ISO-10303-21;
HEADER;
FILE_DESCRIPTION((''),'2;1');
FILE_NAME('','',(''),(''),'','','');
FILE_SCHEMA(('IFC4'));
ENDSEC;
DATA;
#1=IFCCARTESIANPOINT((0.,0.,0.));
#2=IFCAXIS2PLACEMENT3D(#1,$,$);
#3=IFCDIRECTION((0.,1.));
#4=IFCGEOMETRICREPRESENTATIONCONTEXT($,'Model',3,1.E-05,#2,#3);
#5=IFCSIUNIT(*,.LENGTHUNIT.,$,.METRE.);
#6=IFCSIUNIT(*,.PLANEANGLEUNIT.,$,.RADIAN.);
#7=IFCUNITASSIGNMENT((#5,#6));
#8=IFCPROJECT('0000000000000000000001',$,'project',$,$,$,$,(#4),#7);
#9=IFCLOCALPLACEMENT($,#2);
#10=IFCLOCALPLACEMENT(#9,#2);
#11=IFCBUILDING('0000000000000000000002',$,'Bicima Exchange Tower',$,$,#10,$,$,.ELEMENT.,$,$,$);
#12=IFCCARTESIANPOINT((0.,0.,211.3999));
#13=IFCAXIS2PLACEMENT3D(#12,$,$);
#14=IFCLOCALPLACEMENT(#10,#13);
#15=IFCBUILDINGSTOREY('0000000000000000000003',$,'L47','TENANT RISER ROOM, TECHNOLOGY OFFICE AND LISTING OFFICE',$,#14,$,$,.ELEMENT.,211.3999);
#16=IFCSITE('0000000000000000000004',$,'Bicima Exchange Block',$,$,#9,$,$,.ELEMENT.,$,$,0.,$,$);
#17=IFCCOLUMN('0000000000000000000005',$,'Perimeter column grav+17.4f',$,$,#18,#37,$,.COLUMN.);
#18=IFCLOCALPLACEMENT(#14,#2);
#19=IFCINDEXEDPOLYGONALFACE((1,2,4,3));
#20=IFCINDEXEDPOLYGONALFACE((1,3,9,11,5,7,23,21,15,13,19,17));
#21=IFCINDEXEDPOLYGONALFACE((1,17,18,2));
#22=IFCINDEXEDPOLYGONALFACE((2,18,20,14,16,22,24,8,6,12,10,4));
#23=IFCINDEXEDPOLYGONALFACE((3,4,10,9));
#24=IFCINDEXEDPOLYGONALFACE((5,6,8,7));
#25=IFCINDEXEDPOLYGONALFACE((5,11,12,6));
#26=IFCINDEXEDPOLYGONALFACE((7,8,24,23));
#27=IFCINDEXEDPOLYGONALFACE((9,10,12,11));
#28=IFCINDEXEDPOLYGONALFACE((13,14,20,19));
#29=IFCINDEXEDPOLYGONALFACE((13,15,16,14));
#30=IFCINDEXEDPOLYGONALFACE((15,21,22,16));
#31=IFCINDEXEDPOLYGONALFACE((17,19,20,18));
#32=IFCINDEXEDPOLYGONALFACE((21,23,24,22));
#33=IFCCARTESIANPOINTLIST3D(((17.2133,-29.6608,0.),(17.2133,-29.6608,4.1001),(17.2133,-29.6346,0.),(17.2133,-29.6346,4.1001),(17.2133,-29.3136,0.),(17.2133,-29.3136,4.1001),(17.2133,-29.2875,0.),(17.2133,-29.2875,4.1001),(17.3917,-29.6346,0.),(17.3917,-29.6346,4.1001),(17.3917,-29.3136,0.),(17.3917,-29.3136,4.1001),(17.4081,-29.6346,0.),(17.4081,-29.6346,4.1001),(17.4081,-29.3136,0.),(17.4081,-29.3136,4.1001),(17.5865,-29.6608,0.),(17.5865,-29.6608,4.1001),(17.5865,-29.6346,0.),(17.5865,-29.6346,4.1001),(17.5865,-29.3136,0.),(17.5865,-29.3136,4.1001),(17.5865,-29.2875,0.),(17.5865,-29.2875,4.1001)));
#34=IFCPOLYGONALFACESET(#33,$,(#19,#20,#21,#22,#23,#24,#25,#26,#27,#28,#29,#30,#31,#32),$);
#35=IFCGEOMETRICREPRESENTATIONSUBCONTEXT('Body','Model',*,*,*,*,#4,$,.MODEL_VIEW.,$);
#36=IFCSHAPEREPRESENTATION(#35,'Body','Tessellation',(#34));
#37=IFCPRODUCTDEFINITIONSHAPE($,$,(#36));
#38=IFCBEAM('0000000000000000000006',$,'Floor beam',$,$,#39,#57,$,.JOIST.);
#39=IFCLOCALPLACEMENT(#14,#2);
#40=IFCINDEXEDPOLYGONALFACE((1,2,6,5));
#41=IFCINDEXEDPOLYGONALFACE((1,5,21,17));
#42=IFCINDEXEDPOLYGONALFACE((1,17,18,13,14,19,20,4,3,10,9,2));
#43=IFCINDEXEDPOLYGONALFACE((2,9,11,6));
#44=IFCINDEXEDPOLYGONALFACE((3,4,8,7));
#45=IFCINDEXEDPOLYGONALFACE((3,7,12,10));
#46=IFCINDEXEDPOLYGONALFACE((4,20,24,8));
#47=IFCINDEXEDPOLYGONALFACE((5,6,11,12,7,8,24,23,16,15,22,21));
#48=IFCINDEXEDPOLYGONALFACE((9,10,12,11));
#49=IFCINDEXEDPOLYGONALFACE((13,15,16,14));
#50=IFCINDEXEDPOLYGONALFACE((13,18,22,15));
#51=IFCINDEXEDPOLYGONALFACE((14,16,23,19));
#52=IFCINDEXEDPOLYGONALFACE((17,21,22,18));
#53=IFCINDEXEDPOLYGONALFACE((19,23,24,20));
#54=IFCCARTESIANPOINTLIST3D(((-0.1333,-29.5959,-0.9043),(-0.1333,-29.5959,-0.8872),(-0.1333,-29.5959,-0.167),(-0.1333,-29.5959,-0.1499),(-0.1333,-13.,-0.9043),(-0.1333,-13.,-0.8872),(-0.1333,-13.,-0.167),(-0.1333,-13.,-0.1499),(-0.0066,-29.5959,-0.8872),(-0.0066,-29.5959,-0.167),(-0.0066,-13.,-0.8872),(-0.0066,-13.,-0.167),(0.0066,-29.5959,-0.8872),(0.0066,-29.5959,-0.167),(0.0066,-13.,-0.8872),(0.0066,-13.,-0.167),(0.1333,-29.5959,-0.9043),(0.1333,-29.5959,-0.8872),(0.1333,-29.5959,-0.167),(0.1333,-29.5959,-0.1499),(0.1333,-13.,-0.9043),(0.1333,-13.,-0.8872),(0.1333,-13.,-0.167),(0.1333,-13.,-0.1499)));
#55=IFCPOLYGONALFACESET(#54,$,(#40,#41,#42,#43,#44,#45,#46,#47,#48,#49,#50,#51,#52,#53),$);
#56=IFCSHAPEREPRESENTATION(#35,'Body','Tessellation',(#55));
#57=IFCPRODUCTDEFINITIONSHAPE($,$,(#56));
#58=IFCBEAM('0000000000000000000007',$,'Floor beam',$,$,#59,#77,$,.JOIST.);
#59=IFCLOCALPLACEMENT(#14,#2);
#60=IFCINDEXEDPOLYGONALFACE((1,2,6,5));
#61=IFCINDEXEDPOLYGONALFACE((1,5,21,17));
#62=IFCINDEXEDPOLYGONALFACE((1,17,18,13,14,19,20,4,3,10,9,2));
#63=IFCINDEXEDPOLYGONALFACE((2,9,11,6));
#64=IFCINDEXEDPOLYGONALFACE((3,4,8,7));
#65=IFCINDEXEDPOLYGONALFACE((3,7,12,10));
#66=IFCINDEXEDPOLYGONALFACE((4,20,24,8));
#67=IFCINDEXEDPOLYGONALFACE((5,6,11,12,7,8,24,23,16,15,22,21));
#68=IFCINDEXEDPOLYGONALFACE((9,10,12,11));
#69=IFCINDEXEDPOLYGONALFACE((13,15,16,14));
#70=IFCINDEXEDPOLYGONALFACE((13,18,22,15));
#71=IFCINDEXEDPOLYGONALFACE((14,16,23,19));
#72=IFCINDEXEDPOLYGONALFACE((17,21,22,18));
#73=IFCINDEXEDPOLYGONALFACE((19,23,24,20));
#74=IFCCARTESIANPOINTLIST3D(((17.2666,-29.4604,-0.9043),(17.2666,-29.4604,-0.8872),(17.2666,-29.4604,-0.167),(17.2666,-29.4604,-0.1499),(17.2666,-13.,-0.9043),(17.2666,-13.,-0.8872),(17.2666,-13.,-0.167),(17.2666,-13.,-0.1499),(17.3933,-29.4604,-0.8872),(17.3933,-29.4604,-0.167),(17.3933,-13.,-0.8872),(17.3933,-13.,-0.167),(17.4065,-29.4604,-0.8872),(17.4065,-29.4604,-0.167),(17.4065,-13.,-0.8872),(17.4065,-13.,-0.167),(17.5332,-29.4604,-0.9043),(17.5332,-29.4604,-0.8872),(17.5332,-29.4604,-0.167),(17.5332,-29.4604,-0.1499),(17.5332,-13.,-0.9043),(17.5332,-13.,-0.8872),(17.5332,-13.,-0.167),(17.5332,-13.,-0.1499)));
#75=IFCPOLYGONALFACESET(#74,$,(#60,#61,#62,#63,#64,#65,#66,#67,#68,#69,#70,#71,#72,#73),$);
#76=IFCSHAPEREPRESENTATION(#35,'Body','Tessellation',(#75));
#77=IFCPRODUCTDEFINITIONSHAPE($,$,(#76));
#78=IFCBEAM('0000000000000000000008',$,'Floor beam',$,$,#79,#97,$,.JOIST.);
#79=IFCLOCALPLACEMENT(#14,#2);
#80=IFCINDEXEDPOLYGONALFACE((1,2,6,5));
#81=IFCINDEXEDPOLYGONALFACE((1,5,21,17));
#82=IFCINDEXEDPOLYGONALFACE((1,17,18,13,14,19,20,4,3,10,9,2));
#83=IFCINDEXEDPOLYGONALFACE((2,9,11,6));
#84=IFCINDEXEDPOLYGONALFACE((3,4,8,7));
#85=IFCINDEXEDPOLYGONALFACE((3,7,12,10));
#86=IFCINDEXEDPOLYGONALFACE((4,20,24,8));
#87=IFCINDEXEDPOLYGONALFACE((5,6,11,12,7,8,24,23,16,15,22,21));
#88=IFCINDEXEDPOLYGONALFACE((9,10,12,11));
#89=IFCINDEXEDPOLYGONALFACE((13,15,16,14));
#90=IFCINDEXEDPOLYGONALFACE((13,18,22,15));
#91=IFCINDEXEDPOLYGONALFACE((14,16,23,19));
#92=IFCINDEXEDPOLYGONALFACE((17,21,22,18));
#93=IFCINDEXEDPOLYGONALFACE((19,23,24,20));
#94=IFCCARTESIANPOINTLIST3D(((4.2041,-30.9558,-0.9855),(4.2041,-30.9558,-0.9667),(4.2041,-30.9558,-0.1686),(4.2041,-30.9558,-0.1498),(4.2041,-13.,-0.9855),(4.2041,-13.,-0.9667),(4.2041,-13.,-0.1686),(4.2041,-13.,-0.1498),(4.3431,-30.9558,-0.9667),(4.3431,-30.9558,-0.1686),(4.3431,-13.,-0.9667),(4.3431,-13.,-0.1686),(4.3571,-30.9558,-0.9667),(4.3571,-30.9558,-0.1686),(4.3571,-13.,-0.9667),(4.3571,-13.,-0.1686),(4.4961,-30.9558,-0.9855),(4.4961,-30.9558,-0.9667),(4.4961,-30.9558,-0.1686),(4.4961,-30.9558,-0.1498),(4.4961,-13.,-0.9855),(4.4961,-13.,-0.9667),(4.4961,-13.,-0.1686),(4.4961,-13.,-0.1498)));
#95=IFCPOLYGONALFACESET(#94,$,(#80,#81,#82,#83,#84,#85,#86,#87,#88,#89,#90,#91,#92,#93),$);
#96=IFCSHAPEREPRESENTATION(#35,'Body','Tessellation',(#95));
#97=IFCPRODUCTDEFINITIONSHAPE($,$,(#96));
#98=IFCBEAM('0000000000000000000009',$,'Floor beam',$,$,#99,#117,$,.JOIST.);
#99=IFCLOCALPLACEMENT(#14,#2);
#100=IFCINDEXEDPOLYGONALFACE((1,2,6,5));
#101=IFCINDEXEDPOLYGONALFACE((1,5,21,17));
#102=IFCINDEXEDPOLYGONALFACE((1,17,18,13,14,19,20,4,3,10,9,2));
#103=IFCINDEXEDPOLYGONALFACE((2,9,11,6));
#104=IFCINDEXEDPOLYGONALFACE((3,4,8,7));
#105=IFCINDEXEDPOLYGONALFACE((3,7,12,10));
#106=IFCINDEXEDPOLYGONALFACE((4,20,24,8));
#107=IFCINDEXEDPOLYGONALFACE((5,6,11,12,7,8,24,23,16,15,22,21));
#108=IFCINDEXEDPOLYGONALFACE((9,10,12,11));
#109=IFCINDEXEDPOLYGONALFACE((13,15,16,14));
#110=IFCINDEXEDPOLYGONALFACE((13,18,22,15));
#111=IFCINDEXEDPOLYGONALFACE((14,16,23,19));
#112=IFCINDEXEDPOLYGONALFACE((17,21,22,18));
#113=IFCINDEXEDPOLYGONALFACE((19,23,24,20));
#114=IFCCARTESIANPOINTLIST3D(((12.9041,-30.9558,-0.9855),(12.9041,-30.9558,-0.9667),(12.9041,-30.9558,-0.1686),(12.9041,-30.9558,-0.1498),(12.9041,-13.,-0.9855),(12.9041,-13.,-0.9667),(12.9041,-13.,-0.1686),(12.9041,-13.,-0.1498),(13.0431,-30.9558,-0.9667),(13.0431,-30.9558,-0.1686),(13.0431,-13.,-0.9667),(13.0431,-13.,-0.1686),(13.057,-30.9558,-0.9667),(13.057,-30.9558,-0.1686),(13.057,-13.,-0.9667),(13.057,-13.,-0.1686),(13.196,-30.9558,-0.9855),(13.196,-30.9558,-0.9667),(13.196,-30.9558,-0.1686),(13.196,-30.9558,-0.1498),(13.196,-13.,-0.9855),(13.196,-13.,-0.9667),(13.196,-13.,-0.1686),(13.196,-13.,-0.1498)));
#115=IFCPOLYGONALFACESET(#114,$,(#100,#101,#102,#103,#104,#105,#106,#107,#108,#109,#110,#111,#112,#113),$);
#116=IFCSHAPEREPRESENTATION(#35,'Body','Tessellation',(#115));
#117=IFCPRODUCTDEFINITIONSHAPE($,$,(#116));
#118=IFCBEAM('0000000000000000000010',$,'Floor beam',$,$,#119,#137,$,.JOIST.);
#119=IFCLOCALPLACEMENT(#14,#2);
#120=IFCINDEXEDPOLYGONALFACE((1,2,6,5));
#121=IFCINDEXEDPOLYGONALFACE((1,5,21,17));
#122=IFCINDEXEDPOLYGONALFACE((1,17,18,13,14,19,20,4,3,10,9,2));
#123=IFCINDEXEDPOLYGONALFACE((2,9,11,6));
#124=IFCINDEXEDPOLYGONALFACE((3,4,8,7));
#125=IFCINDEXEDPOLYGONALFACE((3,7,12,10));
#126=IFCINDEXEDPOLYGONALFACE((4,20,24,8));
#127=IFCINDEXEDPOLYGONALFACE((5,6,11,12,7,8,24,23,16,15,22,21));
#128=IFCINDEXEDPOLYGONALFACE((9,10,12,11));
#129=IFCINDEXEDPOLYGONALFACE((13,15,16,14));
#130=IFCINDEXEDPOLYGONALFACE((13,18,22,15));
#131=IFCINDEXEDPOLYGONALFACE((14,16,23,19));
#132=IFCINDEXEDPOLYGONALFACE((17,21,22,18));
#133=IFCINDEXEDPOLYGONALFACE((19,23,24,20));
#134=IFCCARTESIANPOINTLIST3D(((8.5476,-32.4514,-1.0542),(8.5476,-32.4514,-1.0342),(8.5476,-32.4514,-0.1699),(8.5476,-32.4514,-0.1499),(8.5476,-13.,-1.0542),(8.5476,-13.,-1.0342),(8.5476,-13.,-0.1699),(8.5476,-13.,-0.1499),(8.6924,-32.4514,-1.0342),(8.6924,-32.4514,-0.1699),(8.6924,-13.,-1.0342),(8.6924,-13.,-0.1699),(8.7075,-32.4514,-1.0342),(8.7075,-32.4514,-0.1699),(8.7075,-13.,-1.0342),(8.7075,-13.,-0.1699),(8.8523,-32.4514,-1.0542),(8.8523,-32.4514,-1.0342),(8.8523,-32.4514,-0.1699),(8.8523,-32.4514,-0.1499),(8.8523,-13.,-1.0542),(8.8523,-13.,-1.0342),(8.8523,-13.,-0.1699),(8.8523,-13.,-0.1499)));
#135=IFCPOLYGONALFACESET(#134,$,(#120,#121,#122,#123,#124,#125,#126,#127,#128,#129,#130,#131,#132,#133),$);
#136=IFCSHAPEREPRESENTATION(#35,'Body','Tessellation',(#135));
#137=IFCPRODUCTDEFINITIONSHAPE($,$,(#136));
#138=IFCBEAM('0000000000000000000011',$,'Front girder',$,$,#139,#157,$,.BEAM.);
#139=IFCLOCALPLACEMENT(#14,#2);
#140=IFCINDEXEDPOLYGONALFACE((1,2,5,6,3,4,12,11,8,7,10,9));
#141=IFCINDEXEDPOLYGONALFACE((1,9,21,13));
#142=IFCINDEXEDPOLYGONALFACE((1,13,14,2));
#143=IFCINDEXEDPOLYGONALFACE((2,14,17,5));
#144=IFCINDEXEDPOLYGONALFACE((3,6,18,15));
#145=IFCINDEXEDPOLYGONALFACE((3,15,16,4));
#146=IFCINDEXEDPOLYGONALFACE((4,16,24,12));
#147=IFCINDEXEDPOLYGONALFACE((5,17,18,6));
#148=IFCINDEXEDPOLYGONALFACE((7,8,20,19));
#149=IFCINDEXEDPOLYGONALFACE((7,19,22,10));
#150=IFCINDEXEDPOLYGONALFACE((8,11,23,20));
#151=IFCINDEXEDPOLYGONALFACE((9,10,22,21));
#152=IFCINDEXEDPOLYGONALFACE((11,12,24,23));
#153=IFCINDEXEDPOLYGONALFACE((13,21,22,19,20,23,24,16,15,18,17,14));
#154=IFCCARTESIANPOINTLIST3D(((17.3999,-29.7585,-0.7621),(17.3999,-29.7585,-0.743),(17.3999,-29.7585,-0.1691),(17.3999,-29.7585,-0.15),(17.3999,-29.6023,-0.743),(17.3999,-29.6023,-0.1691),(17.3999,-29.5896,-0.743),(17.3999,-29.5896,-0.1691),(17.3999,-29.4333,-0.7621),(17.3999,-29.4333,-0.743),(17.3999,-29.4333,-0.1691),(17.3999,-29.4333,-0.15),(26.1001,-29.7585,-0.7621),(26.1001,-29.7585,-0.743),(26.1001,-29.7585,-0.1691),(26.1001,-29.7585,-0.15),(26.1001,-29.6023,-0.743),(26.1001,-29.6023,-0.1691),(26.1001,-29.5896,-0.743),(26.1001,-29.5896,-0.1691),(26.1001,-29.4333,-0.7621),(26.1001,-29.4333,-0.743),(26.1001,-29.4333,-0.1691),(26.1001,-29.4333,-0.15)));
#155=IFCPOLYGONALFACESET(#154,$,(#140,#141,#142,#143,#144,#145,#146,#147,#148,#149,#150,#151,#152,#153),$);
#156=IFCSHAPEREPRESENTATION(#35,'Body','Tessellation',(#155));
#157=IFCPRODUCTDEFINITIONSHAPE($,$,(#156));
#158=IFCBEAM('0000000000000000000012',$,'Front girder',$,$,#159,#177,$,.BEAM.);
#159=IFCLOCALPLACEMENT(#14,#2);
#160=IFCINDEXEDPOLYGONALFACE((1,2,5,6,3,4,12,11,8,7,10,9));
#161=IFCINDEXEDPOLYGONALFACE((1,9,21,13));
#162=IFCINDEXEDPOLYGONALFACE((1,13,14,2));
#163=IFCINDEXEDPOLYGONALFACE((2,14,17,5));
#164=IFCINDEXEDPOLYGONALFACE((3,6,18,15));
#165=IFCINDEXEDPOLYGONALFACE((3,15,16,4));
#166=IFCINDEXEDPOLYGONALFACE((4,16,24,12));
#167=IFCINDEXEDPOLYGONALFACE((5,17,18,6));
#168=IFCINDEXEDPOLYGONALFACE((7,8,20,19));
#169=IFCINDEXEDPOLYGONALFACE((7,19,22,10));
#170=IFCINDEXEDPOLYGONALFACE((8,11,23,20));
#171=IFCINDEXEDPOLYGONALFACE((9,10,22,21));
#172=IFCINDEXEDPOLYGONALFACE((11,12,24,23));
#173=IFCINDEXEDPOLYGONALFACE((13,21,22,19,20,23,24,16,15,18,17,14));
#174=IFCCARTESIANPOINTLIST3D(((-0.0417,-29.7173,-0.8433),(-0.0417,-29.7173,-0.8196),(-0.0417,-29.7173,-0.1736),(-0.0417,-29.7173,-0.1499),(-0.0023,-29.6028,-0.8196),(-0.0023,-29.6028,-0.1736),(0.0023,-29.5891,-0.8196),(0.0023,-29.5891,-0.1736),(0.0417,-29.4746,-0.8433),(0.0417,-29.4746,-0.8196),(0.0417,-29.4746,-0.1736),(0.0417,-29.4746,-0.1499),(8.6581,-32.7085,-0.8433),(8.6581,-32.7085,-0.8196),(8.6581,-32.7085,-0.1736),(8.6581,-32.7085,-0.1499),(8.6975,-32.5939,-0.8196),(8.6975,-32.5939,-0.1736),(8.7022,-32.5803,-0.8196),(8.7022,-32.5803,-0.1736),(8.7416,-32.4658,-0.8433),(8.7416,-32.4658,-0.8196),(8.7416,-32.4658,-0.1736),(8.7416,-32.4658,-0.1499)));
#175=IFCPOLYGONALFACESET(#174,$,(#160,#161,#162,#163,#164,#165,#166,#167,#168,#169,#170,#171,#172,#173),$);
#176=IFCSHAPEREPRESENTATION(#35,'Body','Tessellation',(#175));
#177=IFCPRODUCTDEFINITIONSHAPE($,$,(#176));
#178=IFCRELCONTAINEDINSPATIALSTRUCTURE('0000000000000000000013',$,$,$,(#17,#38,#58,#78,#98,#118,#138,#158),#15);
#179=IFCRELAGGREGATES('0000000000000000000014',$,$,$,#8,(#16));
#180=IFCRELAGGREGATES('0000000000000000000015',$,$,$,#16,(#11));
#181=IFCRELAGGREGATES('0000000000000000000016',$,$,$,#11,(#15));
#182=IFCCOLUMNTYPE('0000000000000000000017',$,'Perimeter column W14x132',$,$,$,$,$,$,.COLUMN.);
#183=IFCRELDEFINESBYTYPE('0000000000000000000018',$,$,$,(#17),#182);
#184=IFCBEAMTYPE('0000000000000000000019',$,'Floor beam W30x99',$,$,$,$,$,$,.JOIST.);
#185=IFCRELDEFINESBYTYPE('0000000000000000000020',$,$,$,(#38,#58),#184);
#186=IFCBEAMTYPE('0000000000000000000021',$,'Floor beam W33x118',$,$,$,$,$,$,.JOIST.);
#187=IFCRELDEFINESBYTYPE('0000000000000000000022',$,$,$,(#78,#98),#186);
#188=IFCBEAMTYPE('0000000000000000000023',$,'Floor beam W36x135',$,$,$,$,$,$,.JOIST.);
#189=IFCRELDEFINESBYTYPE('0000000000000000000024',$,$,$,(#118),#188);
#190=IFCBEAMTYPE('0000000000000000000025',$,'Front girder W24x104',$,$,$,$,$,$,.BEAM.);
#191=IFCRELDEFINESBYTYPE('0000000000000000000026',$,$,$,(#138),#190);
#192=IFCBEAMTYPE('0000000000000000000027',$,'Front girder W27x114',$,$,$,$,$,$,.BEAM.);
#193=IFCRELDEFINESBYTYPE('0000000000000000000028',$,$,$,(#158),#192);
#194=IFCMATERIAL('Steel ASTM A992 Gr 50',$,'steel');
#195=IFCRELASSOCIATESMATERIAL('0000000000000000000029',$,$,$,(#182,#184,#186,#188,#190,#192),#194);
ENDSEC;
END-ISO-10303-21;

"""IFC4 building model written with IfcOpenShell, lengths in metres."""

from ifc_helpers import new_model, si_unit, direction, frame, origin, origin_2d, place, context, subcontext, project, spatial, i_section, extrude, material, material_profile, profile_set, type_object, element, save


model = new_model("IFC4")

# Units and contexts
model_context = context("Model", 3, precision=1e-05, world=origin(), true_north=direction((0.0, 1.0)))
body_context = subcontext(model_context, "Body", "Model", "MODEL_VIEW")
ifc_project = project(units=[si_unit("LENGTHUNIT", "METRE"), si_unit("PLANEANGLEUNIT", "RADIAN")], contexts=[model_context])

# Site, building, storey
site_placement = place(None, origin())
site = spatial("IfcSite", under=ifc_project, at=site_placement, Name="Bicima Exchange Block", CompositionType="ELEMENT", RefElevation=0.0)
building_placement = place(site_placement, origin())
building = spatial("IfcBuilding", under=site, at=building_placement, Name="Bicima Exchange Tower", CompositionType="ELEMENT")
storey_placement = place(building_placement, frame((0.0, 0.0, 211.3999)))
storey = spatial("IfcBuildingStorey", under=building, at=storey_placement, Name="L47", Description="TENANT RISER ROOM, TECHNOLOGY OFFICE AND LISTING OFFICE", CompositionType="ELEMENT", Elevation=211.3999)

# Column
ifc_material_1 = material(Name="Steel ASTM A992 Gr 50", Category="steel")
ifc_material_profile_1 = material_profile(ifc_material_1, i_section(OverallWidth=0.3733, OverallDepth=0.3733, WebThickness=0.0164, FlangeThickness=0.0261, at=origin_2d()))
ifc_profile_set_1 = profile_set([ifc_material_profile_1], Name="Steel ASTM A992 Gr 50")
column_type = type_object("IfcColumnType", Name="Perimeter column W14x132", PredefinedType="COLUMN", material=ifc_profile_set_1)
column_placement = place(storey_placement, frame((17.3999, -29.4741, 0.0), z_axis=(0.0, 0.0, 1.0), x_axis=(1.0, 0.0, 0.0)))
element("IfcColumn", 1, at=column_placement, inside=storey, type_object=column_type, Name="Perimeter column grav+17.4f", PredefinedType="COLUMN", context=body_context, shape_type="SweptSolid", body=[
    extrude(i_section(OverallWidth=0.3733, OverallDepth=0.3733, WebThickness=0.0164, FlangeThickness=0.0261, at=origin_2d()), origin(), (0.0, 0.0, 1.0), 4.1001),
])

# Beams
ifc_material_profile_2 = material_profile(ifc_material_1, i_section(OverallWidth=0.2666, OverallDepth=0.7544, WebThickness=0.0132, FlangeThickness=0.0171, at=origin_2d()))
ifc_profile_set_2 = profile_set([ifc_material_profile_2], Name="Steel ASTM A992 Gr 50")
beam_type_1 = type_object("IfcBeamType", Name="Floor beam W30x99", PredefinedType="JOIST", material=ifc_profile_set_2)
beam_1_placement = place(storey_placement, frame((0.0, -13.0, -0.5271), z_axis=(0.0, -1.0, 0.0), x_axis=(1.0, 0.0, 0.0)))
element("IfcBeam", 2, at=beam_1_placement, inside=storey, type_object=beam_type_1, Name="Floor beam", PredefinedType="JOIST", context=body_context, shape_type="SweptSolid", body=[
    extrude(i_section(OverallWidth=0.2666, OverallDepth=0.7544, WebThickness=0.0132, FlangeThickness=0.0171, at=origin_2d()), origin(), (0.0, 0.0, 1.0), 16.5959),
])
beam_2_placement = place(storey_placement, frame((17.3999, -13.0, -0.5271), z_axis=(0.0, -1.0, 0.0), x_axis=(1.0, 0.0, 0.0)))
element("IfcBeam", 3, at=beam_2_placement, inside=storey, type_object=beam_type_1, Name="Floor beam", PredefinedType="JOIST", context=body_context, shape_type="SweptSolid", body=[
    extrude(i_section(OverallWidth=0.2666, OverallDepth=0.7544, WebThickness=0.0132, FlangeThickness=0.0171, at=origin_2d()), origin(), (0.0, 0.0, 1.0), 16.4604),
])
ifc_material_profile_3 = material_profile(ifc_material_1, i_section(OverallWidth=0.292, OverallDepth=0.8357, WebThickness=0.0139, FlangeThickness=0.0188, at=origin_2d()))
ifc_profile_set_3 = profile_set([ifc_material_profile_3], Name="Steel ASTM A992 Gr 50")
beam_type_2 = type_object("IfcBeamType", Name="Floor beam W33x118", PredefinedType="JOIST", material=ifc_profile_set_3)
for number, where, z_axis, x_axis, name in (
    (4, (4.3501, -13.0, -0.5676), (0.0, -1.0, 0.0), (1.0, 0.0, 0.0), "Floor beam"),
    (5, (13.05, -13.0, -0.5676), (0.0, -1.0, 0.0), (1.0, 0.0, 0.0), "Floor beam"),
):
    element("IfcBeam", number, at=place(storey_placement, frame(where, z_axis=z_axis, x_axis=x_axis)), inside=storey, type_object=beam_type_2, Name=name, PredefinedType="JOIST", context=body_context, shape_type="SweptSolid", body=[
        extrude(i_section(OverallWidth=0.292, OverallDepth=0.8357, WebThickness=0.0139, FlangeThickness=0.0188, at=origin_2d()), origin(), (0.0, 0.0, 1.0), 17.9558),
    ])
ifc_material_profile_4 = material_profile(ifc_material_1, i_section(OverallWidth=0.3047, OverallDepth=0.9043, WebThickness=0.0151, FlangeThickness=0.02, at=origin_2d()))
ifc_profile_set_4 = profile_set([ifc_material_profile_4], Name="Steel ASTM A992 Gr 50")
beam_type_3 = type_object("IfcBeamType", Name="Floor beam W36x135", PredefinedType="JOIST", material=ifc_profile_set_4)
beam_3_placement = place(storey_placement, frame((8.7, -13.0, -0.6021), z_axis=(0.0, -1.0, 0.0), x_axis=(1.0, 0.0, 0.0)))
element("IfcBeam", 6, at=beam_3_placement, inside=storey, type_object=beam_type_3, Name="Floor beam", PredefinedType="JOIST", context=body_context, shape_type="SweptSolid", body=[
    extrude(i_section(OverallWidth=0.3047, OverallDepth=0.9043, WebThickness=0.0151, FlangeThickness=0.02, at=origin_2d()), origin(), (0.0, 0.0, 1.0), 19.4514),
])
ifc_material_profile_5 = material_profile(ifc_material_1, i_section(OverallWidth=0.3252, OverallDepth=0.6121, WebThickness=0.0127, FlangeThickness=0.019, at=origin_2d()))
ifc_profile_set_5 = profile_set([ifc_material_profile_5], Name="Steel ASTM A992 Gr 50")
beam_type_4 = type_object("IfcBeamType", Name="Front girder W24x104", PredefinedType="BEAM", material=ifc_profile_set_5)
beam_4_placement = place(storey_placement, frame((17.3999, -29.5959, -0.4561), z_axis=(1.0, 0.0, 0.0), x_axis=(0.0, 1.0, 0.0)))
element("IfcBeam", 7, at=beam_4_placement, inside=storey, type_object=beam_type_4, Name="Front girder", PredefinedType="BEAM", context=body_context, shape_type="SweptSolid", body=[
    extrude(i_section(OverallWidth=0.3252, OverallDepth=0.6121, WebThickness=0.0127, FlangeThickness=0.019, at=origin_2d()), origin(), (0.0, 0.0, 1.0), 8.7002),
])
ifc_material_profile_6 = material_profile(ifc_material_1, i_section(OverallWidth=0.2566, OverallDepth=0.6934, WebThickness=0.0144, FlangeThickness=0.0237, at=origin_2d()))
ifc_profile_set_6 = profile_set([ifc_material_profile_6], Name="Steel ASTM A992 Gr 50")
beam_type_5 = type_object("IfcBeamType", Name="Front girder W27x114", PredefinedType="BEAM", material=ifc_profile_set_6)
beam_5_placement = place(storey_placement, frame((0.0, -29.5959, -0.4966), z_axis=(0.945666, -0.325138, 0.0), x_axis=(0.325138, 0.945666, 0.0)))
element("IfcBeam", 8, at=beam_5_placement, inside=storey, type_object=beam_type_5, Name="Front girder", PredefinedType="BEAM", context=body_context, shape_type="SweptSolid", body=[
    extrude(i_section(OverallWidth=0.2566, OverallDepth=0.6934, WebThickness=0.0144, FlangeThickness=0.0237, at=origin_2d()), origin(), (0.0, 0.0, 1.0), 9.1997),
])

save(model, "model.ifc")
